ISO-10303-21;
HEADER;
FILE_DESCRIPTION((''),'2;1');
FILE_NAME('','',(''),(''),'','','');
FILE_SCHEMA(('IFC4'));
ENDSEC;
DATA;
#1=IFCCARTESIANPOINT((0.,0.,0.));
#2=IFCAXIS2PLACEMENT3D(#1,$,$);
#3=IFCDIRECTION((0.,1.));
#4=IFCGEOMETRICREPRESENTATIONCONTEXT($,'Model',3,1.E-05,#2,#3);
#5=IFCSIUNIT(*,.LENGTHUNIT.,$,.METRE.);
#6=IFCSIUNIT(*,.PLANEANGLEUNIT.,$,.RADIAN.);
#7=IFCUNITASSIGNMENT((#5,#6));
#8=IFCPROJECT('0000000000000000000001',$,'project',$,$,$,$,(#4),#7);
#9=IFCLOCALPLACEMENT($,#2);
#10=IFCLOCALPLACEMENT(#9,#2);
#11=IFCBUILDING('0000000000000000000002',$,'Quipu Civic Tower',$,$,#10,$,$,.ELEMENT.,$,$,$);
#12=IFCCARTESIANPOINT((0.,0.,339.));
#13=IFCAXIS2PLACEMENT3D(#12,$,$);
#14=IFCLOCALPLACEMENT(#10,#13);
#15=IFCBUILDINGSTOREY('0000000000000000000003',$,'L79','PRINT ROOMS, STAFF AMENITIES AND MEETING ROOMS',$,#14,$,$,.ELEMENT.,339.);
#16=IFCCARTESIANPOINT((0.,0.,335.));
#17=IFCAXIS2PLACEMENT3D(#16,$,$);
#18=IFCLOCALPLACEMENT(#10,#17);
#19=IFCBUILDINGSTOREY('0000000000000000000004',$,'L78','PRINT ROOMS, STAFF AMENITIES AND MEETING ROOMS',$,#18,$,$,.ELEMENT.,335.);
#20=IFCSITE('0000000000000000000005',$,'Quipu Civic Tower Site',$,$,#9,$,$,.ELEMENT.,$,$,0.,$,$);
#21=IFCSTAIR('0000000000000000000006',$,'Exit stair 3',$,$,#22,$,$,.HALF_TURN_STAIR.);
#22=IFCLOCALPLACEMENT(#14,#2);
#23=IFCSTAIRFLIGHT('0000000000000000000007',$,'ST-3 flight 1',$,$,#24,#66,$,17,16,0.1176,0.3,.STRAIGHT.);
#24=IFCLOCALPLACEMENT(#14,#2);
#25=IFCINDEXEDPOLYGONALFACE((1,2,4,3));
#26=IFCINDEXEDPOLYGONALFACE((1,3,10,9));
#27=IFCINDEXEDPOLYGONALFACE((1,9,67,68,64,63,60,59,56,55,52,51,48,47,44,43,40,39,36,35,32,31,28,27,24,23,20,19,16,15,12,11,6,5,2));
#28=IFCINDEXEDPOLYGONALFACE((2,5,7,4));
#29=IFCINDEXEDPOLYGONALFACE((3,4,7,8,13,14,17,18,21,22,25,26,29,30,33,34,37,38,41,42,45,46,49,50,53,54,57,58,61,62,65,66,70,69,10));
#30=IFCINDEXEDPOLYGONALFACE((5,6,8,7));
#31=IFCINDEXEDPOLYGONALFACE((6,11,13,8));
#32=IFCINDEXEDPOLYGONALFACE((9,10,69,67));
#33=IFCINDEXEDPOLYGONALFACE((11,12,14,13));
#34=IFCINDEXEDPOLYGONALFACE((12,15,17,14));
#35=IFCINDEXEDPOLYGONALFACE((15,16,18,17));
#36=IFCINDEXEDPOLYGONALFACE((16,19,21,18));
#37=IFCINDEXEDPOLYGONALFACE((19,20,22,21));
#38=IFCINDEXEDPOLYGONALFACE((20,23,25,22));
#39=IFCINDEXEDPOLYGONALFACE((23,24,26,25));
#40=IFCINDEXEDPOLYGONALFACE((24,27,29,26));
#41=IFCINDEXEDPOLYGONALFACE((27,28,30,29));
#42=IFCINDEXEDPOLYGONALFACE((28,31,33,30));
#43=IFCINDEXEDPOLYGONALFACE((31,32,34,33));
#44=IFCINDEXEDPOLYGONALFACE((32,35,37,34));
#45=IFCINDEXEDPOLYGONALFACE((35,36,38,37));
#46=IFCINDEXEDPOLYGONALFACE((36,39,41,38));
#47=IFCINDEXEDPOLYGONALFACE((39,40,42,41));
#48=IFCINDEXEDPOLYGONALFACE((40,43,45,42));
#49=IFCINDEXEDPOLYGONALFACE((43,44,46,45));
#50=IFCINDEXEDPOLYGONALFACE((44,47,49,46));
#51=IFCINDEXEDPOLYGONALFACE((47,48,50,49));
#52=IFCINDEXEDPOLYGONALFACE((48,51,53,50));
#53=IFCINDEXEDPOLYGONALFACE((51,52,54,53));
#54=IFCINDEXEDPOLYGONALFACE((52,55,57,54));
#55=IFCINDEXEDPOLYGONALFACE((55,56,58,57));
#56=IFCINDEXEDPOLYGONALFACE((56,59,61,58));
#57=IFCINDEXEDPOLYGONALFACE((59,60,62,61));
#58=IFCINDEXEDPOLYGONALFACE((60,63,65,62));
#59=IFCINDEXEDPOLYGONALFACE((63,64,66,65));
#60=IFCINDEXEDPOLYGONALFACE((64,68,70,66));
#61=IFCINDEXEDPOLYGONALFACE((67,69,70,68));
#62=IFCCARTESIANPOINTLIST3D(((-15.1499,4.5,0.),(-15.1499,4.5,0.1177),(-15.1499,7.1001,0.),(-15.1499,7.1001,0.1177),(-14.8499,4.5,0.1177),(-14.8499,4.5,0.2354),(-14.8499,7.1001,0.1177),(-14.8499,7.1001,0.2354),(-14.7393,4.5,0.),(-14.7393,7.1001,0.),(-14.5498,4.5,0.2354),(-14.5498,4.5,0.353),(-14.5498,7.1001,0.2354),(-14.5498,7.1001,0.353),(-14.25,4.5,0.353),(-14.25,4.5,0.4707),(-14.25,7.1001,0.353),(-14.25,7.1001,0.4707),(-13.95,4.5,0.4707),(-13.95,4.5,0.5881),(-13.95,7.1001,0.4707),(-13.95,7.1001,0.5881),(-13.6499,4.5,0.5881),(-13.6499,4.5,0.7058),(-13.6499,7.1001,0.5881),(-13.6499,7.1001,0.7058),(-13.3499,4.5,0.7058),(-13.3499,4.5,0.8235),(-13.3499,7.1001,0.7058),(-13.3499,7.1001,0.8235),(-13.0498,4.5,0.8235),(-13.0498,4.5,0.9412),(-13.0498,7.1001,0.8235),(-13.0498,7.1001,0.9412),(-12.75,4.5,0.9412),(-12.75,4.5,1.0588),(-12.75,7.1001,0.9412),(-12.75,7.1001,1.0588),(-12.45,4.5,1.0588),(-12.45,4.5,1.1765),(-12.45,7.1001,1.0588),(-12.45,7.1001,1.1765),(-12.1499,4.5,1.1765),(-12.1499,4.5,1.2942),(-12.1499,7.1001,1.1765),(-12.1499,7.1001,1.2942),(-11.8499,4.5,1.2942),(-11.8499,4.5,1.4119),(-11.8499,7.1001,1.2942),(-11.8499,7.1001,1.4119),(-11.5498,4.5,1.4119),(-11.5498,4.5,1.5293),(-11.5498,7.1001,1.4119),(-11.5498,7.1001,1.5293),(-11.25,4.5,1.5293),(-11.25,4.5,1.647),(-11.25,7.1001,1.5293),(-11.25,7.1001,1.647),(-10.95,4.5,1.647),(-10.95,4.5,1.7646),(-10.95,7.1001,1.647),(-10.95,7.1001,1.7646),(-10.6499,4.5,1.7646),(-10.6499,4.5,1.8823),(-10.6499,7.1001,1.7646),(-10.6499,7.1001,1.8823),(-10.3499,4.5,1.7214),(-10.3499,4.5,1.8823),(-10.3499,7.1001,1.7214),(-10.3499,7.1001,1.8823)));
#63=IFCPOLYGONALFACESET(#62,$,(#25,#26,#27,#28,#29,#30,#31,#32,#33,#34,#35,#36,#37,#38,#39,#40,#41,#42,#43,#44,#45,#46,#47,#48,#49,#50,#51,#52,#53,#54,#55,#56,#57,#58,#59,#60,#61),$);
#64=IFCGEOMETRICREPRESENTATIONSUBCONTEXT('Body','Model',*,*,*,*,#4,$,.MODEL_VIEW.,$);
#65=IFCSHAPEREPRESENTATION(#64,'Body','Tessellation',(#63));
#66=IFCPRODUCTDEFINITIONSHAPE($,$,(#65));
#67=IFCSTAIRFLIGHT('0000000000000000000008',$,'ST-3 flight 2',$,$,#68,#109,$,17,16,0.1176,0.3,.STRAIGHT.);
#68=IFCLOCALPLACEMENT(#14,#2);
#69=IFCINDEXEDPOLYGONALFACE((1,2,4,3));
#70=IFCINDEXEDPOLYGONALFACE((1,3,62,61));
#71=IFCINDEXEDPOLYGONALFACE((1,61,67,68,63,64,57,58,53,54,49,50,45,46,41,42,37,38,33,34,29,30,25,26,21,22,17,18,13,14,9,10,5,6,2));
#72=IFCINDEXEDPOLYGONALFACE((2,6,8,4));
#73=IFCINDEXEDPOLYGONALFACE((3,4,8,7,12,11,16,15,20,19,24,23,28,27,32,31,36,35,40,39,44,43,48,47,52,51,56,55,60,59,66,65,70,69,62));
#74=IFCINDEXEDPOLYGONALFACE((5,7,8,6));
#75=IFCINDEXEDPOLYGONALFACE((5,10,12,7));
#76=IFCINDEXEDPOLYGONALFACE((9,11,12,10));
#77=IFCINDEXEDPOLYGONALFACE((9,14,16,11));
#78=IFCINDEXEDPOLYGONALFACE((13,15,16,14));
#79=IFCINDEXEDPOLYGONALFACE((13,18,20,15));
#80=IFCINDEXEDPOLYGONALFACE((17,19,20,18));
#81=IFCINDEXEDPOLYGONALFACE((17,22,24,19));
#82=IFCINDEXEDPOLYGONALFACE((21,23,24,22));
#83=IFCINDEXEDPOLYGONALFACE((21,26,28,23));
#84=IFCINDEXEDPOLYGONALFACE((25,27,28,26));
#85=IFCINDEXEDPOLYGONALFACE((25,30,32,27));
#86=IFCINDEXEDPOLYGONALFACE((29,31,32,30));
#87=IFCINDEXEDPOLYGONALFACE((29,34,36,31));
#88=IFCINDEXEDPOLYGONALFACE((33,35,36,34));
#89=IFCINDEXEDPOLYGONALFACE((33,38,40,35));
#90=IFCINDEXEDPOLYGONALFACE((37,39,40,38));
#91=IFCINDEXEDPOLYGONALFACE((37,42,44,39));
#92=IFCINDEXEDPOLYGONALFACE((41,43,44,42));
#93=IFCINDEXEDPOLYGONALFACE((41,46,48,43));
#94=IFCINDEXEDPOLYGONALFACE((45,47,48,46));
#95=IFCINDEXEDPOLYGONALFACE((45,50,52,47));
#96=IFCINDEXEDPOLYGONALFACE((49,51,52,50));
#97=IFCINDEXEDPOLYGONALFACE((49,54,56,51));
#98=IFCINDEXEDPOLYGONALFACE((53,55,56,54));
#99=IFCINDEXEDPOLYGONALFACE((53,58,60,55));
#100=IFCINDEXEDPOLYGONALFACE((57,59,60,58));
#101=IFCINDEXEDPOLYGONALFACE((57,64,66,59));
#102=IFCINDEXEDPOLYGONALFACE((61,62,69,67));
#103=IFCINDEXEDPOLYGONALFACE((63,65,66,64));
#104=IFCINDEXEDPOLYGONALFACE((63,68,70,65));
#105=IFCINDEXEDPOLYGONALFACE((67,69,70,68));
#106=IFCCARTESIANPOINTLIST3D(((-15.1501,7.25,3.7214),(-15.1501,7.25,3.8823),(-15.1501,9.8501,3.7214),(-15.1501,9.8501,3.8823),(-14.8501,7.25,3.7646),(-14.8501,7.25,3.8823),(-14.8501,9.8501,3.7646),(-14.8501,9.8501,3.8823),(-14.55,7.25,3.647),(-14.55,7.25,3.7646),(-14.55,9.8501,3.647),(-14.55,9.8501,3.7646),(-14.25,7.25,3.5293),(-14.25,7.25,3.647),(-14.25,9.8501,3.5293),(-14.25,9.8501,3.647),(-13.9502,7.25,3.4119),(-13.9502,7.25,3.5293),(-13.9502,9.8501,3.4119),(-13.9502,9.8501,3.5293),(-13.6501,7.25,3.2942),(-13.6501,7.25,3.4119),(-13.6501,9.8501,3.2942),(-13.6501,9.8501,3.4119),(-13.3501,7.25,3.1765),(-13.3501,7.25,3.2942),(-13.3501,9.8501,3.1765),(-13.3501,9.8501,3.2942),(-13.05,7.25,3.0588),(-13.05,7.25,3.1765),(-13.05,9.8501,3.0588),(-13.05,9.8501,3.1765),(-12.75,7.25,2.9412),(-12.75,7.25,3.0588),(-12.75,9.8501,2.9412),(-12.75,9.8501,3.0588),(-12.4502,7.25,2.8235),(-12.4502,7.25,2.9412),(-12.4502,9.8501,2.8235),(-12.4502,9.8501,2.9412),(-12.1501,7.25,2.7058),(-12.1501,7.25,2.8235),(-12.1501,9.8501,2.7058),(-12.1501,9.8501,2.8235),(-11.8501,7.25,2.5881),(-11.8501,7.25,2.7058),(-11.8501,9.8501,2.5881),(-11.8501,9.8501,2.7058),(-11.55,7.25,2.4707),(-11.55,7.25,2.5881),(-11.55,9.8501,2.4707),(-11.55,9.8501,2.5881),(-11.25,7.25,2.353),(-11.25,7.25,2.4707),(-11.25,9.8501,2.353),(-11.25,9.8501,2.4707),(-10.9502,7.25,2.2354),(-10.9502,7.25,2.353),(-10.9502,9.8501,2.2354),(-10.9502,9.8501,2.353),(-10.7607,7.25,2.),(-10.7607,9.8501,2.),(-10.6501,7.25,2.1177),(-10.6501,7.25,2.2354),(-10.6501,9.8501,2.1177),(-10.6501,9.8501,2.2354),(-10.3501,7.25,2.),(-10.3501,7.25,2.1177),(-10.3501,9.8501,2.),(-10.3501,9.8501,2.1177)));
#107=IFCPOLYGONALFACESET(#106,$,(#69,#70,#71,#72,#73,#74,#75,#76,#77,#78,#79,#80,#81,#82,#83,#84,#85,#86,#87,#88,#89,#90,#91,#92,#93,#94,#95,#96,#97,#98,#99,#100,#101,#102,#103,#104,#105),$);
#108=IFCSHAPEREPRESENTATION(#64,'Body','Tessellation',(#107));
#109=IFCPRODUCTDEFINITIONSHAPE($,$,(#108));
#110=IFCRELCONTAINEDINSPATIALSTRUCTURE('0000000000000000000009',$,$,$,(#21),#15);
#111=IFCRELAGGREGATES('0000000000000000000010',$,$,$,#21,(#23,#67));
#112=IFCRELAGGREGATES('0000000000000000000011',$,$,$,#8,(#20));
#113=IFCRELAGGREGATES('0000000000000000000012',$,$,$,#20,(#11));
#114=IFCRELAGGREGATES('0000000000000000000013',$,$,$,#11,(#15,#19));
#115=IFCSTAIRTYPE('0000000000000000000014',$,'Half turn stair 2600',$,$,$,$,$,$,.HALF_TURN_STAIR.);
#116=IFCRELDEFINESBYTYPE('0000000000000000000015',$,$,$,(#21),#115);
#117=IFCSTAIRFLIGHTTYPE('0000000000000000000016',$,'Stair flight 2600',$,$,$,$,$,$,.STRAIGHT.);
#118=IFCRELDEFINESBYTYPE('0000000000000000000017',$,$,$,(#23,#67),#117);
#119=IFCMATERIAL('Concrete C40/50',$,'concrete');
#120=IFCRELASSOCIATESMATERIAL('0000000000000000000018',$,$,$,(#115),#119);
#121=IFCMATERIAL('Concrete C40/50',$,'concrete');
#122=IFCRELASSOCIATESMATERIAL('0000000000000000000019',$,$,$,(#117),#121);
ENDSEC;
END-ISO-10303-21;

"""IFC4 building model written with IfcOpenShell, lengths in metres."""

from ifc_helpers import new_model, si_unit, direction, frame, origin, place, context, subcontext, project, spatial, polyline, outline, extrude, material, type_object, element, aggregate, save


model = new_model("IFC4")

# Units and contexts
model_context = context("Model", 3, precision=1e-05, world=origin(), true_north=direction((0.0, 1.0)))
body_context = subcontext(model_context, "Body", "Model", "MODEL_VIEW")
ifc_project = project(units=[si_unit("LENGTHUNIT", "METRE"), si_unit("PLANEANGLEUNIT", "RADIAN")], contexts=[model_context])

# Site, building, storey
site_placement = place(None, origin())
site = spatial("IfcSite", under=ifc_project, at=site_placement, Name="Quipu Civic Tower Site", CompositionType="ELEMENT", RefElevation=0.0)
building_placement = place(site_placement, origin())
building = spatial("IfcBuilding", under=site, at=building_placement, Name="Quipu Civic Tower", CompositionType="ELEMENT")
storey_1_placement = place(building_placement, frame((0.0, 0.0, 339.0)))
storey_1 = spatial("IfcBuildingStorey", under=building, at=storey_1_placement, Name="L79", Description="PRINT ROOMS, STAFF AMENITIES AND MEETING ROOMS", CompositionType="ELEMENT", Elevation=339.0)

# Shared definitions
storey_2_placement = place(building_placement, frame((0.0, 0.0, 335.0)))
storey_2 = spatial("IfcBuildingStorey", under=building, at=storey_2_placement, Name="L78", Description="PRINT ROOMS, STAFF AMENITIES AND MEETING ROOMS", CompositionType="ELEMENT", Elevation=335.0)

# Stair, stair flights
ifc_material_1 = material(Name="Concrete C40/50", Category="concrete")
stair_type = type_object("IfcStairType", Name="Half turn stair 2600", PredefinedType="HALF_TURN_STAIR", material=ifc_material_1)
stair_placement = place(storey_1_placement, origin())
stair = element("IfcStair", 1, at=stair_placement, inside=storey_1, type_object=stair_type, Name="Exit stair 3", PredefinedType="HALF_TURN_STAIR")
ifc_material_2 = material(Name="Concrete C40/50", Category="concrete")
stair_flight_type = type_object("IfcStairFlightType", Name="Stair flight 2600", PredefinedType="STRAIGHT", material=ifc_material_2)
stair_flight_1_placement = place(storey_1_placement, frame((-15.1499, 5.8, 0.0), z_axis=(0.0, 0.0, 1.0), x_axis=(1.0, 0.0, 0.0)))
stair_flight_1 = element("IfcStairFlight", 2, at=stair_flight_1_placement, type_object=stair_flight_type, Name="ST-3 flight 1", NumberOfRisers=17, NumberOfTreads=16, PredefinedType="STRAIGHT", RiserHeight=0.1176, TreadLength=0.3, context=body_context, shape_type="SweptSolid", body=[
    extrude(outline(polyline([(0.0, 0.0), (0.0, 0.1177), (0.3, 0.1177), (0.3, 0.2354), (0.6001, 0.2354), (0.6001, 0.353), (0.8999, 0.353), (0.8999, 0.4707), (1.2, 0.4707), (1.2, 0.5881), (1.5, 0.5881), (1.5, 0.7058), (1.8, 0.7058), (1.8, 0.8235), (2.1001, 0.8235), (2.1001, 0.9412), (2.3999, 0.9412), (2.3999, 1.0588), (2.7, 1.0588), (2.7, 1.1765), (3.0, 1.1765), (3.0, 1.2942), (3.3, 1.2942), (3.3, 1.4119), (3.6001, 1.4119), (3.6001, 1.5293), (3.8999, 1.5293), (3.8999, 1.647), (4.2, 1.647), (4.2, 1.7646), (4.5, 1.7646), (4.5, 1.8823), (4.8, 1.8823), (4.8, 2.0), (4.8, 1.7214), (0.4106, 0.0), (0.0, 0.0)])), frame((0.0, 1.3, 0.0), z_axis=(0.0, -1.0, 0.0), x_axis=(1.0, 0.0, 0.0)), (0.0, 0.0, 1.0), 2.6001),
])
stair_flight_2_placement = place(storey_1_placement, frame((-10.3501, 8.55, 2.0), z_axis=(0.0, 0.0, 1.0), x_axis=(-1.0, 0.0, 0.0)))
stair_flight_2 = element("IfcStairFlight", 3, at=stair_flight_2_placement, type_object=stair_flight_type, Name="ST-3 flight 2", NumberOfRisers=17, NumberOfTreads=16, PredefinedType="STRAIGHT", RiserHeight=0.1176, TreadLength=0.3, context=body_context, shape_type="SweptSolid", body=[
    extrude(outline(polyline([(0.0, 0.0), (0.0, 0.1177), (0.3, 0.1177), (0.3, 0.2354), (0.6001, 0.2354), (0.6001, 0.353), (0.8999, 0.353), (0.8999, 0.4707), (1.2, 0.4707), (1.2, 0.5881), (1.5, 0.5881), (1.5, 0.7058), (1.8, 0.7058), (1.8, 0.8235), (2.1001, 0.8235), (2.1001, 0.9412), (2.3999, 0.9412), (2.3999, 1.0588), (2.7, 1.0588), (2.7, 1.1765), (3.0, 1.1765), (3.0, 1.2942), (3.3, 1.2942), (3.3, 1.4119), (3.6001, 1.4119), (3.6001, 1.5293), (3.8999, 1.5293), (3.8999, 1.647), (4.2, 1.647), (4.2, 1.7646), (4.5, 1.7646), (4.5, 1.8823), (4.8, 1.8823), (4.8, 2.0), (4.8, 1.7214), (0.4106, 0.0), (0.0, 0.0)])), frame((0.0, 1.3, 0.0), z_axis=(0.0, -1.0, 0.0), x_axis=(1.0, 0.0, 0.0)), (0.0, 0.0, 1.0), 2.6001),
])
aggregate(stair, [stair_flight_1, stair_flight_2])

save(model, "model.ifc")
